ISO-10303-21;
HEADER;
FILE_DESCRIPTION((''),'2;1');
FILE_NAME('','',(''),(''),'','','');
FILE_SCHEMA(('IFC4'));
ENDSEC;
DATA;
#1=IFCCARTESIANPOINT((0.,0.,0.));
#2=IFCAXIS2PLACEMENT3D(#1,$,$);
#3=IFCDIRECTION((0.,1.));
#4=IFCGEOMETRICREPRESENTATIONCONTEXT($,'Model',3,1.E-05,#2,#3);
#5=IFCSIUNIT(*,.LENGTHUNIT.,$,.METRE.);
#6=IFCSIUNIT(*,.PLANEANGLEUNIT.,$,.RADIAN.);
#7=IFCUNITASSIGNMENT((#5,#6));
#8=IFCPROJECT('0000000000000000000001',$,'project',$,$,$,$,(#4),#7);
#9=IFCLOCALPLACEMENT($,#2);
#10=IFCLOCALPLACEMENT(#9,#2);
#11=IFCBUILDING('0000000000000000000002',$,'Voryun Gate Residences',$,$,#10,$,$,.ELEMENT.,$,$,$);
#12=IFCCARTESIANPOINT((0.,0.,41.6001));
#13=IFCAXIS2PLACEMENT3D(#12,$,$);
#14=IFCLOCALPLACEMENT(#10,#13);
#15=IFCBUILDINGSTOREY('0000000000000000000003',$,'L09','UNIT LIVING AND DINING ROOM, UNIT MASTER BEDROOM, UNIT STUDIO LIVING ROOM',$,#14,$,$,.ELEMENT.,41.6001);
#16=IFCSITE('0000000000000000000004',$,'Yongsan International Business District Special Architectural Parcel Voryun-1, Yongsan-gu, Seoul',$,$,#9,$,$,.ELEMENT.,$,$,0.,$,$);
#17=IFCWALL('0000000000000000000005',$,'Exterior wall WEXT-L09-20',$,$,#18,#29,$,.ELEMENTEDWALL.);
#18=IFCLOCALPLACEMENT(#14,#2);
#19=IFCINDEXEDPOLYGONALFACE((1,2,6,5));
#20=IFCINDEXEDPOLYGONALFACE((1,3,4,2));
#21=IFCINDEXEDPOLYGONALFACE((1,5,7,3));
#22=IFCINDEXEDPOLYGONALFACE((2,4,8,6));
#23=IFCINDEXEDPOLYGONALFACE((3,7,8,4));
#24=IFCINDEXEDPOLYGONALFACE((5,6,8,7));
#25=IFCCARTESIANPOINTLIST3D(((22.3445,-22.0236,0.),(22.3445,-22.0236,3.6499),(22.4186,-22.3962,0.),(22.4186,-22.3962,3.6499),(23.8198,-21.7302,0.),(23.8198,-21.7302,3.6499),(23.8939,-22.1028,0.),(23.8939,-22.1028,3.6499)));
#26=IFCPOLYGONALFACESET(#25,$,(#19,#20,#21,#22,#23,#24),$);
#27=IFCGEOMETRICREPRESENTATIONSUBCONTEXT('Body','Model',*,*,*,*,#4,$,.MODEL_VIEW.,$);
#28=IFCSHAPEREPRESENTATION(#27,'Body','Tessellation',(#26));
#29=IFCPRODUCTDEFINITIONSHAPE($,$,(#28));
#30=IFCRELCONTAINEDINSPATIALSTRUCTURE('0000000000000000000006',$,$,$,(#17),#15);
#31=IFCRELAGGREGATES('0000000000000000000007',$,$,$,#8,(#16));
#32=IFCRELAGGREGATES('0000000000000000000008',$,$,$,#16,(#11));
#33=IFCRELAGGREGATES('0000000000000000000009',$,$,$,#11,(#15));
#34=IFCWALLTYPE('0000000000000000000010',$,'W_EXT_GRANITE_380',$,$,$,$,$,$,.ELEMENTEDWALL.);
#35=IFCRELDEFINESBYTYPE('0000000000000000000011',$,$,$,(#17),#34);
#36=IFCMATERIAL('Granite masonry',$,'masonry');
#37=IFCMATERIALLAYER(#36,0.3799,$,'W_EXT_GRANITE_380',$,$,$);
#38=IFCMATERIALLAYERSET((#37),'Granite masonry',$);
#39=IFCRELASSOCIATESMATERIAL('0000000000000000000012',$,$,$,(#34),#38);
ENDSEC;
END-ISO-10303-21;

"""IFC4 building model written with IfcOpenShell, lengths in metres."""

from ifc_helpers import new_model, si_unit, direction, frame, frame_2d, origin, place, context, subcontext, project, spatial, rectangle, extrude, material, layer, layer_set, type_object, element, save


model = new_model("IFC4")

# Units and contexts
model_context = context("Model", 3, precision=1e-05, world=origin(), true_north=direction((0.0, 1.0)))
body_context = subcontext(model_context, "Body", "Model", "MODEL_VIEW")
ifc_project = project(units=[si_unit("LENGTHUNIT", "METRE"), si_unit("PLANEANGLEUNIT", "RADIAN")], contexts=[model_context])

# Site, building, storey
site_placement = place(None, origin())
site = spatial("IfcSite", under=ifc_project, at=site_placement, Name="Yongsan International Business District Special Architectural Parcel Voryun-1, Yongsan-gu, Seoul", CompositionType="ELEMENT", RefElevation=0.0)
building_placement = place(site_placement, origin())
building = spatial("IfcBuilding", under=site, at=building_placement, Name="Voryun Gate Residences", CompositionType="ELEMENT")
storey_placement = place(building_placement, frame((0.0, 0.0, 41.6001)))
storey = spatial("IfcBuildingStorey", under=building, at=storey_placement, Name="L09", Description="UNIT LIVING AND DINING ROOM, UNIT MASTER BEDROOM, UNIT STUDIO LIVING ROOM", CompositionType="ELEMENT", Elevation=41.6001)

# Wall
ifc_material_1 = material(Name="Granite masonry", Category="masonry")
ifc_layer = layer(ifc_material_1, 0.3799, Name="W_EXT_GRANITE_380")
ifc_layer_set = layer_set([ifc_layer], Name="Granite masonry")
wall_type = type_object("IfcWallType", Name="W_EXT_GRANITE_380", PredefinedType="ELEMENTEDWALL", material=ifc_layer_set)
wall_1_placement = place(storey_placement, frame((23.8567, -21.9165, 0.0), z_axis=(0.0, 0.0, 1.0), x_axis=(-0.980786, -0.195086, 0.0)))
element("IfcWall", 1, at=wall_1_placement, inside=storey, type_object=wall_type, Name="Exterior wall WEXT-L09-20", PredefinedType="ELEMENTEDWALL", context=body_context, shape_type="SweptSolid", body=[
    extrude(rectangle(XDim=1.5042, YDim=0.3799, at=frame_2d((0.752, 0.0))), origin(), (0.0, 0.0, 1.0), 3.6499),
])

save(model, "model.ifc")
